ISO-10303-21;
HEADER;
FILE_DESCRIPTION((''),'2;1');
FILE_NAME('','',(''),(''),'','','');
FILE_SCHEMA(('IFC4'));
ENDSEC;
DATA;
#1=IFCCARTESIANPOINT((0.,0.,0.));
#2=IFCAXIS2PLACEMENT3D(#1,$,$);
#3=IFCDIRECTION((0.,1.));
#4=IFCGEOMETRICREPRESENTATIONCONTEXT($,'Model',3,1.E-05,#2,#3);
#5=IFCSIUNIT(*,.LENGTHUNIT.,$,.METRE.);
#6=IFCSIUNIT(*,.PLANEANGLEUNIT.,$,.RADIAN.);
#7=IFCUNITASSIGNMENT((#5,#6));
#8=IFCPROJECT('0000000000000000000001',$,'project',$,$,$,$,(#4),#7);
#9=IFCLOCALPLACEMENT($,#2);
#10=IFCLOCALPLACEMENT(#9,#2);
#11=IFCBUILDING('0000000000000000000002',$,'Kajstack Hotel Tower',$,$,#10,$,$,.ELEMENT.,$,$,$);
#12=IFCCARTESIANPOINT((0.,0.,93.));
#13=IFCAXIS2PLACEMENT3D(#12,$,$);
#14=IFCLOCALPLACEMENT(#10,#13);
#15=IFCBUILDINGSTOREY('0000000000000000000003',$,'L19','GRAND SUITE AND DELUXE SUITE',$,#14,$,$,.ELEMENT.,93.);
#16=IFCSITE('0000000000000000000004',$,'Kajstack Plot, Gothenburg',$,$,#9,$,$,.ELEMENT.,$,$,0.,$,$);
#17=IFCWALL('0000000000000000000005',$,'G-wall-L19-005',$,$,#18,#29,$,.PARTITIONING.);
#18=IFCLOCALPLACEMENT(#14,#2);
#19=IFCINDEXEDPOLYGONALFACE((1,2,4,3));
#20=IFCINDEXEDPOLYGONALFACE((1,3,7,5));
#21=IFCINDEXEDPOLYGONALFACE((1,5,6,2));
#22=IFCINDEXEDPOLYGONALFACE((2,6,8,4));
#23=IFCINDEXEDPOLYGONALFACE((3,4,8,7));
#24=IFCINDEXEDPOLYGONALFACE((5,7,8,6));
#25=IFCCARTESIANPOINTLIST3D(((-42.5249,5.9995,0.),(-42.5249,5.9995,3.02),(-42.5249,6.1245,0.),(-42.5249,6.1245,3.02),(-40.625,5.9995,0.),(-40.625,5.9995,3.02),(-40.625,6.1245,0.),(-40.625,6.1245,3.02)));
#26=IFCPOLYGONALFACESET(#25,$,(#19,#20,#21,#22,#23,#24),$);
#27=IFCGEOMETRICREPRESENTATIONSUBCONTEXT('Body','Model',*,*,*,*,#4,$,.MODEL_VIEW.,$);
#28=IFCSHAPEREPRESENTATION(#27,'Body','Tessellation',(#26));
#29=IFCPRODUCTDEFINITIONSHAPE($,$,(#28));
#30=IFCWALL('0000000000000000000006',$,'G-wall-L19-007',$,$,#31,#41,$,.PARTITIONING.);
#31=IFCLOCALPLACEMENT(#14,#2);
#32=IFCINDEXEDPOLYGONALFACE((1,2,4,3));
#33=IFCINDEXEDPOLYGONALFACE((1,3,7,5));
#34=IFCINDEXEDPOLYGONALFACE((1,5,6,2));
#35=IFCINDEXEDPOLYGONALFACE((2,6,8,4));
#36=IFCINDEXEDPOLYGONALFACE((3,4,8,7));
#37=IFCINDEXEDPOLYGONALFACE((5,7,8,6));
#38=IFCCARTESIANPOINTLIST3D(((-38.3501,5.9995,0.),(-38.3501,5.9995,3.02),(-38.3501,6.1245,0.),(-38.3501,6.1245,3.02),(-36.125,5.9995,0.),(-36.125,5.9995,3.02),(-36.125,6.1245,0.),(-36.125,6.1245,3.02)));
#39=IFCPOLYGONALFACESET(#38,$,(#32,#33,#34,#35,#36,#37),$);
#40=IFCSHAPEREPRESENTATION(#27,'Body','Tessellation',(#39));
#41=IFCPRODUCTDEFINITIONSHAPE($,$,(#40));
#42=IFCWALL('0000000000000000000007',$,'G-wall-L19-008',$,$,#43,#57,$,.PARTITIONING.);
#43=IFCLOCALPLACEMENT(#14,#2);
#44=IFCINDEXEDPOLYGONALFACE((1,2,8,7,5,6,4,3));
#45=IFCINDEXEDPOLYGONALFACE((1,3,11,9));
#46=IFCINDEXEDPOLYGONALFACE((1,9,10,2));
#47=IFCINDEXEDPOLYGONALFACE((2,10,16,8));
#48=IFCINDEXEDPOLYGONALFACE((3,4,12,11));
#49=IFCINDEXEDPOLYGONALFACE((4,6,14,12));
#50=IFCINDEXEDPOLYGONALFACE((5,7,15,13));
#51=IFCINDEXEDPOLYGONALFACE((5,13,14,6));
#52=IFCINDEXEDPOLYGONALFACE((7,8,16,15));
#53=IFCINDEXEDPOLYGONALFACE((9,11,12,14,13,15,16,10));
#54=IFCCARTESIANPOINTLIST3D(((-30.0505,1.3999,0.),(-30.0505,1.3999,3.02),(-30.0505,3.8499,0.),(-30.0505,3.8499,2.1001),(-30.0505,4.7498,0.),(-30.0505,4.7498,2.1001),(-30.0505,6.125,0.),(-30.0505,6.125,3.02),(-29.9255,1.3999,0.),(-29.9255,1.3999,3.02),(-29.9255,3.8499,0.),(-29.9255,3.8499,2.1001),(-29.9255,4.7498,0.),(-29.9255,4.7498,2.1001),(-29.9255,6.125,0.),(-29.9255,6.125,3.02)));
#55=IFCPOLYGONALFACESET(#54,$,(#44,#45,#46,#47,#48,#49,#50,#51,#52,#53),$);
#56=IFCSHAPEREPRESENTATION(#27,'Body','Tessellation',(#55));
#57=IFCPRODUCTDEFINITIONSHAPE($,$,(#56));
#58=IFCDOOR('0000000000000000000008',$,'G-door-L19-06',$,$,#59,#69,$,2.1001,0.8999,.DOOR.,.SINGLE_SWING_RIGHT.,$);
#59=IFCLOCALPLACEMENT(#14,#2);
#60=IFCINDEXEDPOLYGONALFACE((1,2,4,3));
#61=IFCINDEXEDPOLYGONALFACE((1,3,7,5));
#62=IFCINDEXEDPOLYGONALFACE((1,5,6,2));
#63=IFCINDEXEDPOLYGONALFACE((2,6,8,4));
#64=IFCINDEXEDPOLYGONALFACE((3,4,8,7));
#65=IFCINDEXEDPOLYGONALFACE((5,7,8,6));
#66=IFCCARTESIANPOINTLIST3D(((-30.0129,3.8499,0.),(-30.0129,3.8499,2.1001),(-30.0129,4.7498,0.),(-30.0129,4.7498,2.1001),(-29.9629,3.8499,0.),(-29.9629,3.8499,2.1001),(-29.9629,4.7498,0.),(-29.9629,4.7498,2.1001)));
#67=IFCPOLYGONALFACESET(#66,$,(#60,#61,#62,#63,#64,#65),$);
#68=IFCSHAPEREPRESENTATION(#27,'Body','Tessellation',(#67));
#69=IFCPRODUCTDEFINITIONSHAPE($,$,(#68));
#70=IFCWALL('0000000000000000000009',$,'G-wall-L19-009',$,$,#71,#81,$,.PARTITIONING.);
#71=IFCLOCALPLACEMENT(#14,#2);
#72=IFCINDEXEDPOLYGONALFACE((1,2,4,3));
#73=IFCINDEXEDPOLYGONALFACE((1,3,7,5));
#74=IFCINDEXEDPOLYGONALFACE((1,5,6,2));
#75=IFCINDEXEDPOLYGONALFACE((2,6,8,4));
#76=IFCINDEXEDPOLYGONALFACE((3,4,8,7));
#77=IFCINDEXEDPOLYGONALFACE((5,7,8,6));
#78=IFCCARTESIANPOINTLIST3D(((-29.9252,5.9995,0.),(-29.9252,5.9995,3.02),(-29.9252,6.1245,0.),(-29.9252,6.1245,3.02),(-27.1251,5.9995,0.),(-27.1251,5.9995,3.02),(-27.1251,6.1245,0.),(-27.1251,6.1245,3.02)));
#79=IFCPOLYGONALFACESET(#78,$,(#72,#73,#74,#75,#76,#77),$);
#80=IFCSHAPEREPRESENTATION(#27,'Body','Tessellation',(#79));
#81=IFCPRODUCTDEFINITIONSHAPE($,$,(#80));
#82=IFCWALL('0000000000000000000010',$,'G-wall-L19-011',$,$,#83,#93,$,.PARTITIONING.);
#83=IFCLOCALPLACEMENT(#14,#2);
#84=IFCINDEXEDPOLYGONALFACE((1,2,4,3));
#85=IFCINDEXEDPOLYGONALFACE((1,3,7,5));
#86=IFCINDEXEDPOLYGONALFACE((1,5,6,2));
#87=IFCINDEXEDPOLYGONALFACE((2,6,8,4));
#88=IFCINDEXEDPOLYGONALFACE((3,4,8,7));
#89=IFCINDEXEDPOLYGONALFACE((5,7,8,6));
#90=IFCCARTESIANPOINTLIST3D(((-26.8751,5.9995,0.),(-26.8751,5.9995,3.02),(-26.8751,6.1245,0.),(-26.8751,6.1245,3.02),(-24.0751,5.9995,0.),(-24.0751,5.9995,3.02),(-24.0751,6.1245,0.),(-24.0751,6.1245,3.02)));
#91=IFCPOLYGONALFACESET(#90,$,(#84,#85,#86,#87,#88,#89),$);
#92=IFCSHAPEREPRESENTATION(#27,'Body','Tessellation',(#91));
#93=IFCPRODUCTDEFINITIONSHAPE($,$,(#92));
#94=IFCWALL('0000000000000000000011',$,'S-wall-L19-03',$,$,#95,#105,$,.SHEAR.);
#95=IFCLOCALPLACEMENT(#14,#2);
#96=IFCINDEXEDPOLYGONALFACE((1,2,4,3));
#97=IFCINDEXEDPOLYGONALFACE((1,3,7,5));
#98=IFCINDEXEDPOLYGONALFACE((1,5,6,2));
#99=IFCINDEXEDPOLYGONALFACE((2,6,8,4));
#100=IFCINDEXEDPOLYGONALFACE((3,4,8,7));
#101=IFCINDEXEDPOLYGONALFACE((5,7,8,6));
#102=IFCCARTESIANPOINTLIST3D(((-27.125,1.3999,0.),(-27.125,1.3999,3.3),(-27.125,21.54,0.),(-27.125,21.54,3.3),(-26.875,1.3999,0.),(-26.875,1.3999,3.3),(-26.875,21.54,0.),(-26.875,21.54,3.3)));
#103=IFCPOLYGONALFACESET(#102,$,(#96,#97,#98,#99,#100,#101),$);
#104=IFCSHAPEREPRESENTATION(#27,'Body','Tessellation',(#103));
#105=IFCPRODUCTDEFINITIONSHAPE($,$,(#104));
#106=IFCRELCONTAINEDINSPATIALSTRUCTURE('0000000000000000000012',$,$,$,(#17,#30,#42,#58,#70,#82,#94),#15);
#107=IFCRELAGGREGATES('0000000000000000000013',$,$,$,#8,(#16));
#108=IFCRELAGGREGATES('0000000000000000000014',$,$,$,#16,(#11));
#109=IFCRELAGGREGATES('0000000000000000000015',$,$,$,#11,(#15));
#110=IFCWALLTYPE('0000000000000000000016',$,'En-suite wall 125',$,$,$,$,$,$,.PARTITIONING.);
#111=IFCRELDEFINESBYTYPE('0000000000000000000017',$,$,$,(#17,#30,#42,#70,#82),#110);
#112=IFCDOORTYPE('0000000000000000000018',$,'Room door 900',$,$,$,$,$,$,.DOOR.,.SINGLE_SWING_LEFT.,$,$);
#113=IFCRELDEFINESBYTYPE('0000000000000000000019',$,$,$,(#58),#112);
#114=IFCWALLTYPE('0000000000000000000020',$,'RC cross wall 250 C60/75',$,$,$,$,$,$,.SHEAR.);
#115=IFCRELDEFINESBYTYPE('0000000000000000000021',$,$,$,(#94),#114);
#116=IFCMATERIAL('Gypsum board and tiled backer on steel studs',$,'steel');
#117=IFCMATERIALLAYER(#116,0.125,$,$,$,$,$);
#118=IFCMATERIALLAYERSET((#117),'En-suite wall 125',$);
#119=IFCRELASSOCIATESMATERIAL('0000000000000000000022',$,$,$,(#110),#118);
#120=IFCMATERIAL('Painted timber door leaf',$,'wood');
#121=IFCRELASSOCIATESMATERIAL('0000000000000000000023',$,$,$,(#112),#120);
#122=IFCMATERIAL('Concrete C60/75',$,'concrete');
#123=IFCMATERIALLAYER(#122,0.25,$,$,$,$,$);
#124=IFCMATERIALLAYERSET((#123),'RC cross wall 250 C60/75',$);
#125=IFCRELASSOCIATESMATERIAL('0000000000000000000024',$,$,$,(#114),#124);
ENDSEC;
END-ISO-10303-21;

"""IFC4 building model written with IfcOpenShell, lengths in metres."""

from ifc_helpers import new_model, si_unit, direction, frame, frame_2d, origin, place, context, subcontext, project, spatial, rectangle, extrude, material, layer, layer_set, type_object, element, fill, save


model = new_model("IFC4")

# Units and contexts
model_context = context("Model", 3, precision=1e-05, world=origin(), true_north=direction((0.0, 1.0)))
body_context = subcontext(model_context, "Body", "Model", "MODEL_VIEW")
ifc_project = project(units=[si_unit("LENGTHUNIT", "METRE"), si_unit("PLANEANGLEUNIT", "RADIAN")], contexts=[model_context])

# Site, building, storey
site_placement = place(None, origin())
site = spatial("IfcSite", under=ifc_project, at=site_placement, Name="Kajstack Plot, Gothenburg", CompositionType="ELEMENT", RefElevation=0.0)
building_placement = place(site_placement, origin())
building = spatial("IfcBuilding", under=site, at=building_placement, Name="Kajstack Hotel Tower", CompositionType="ELEMENT")
storey_placement = place(building_placement, frame((0.0, 0.0, 93.0)))
storey = spatial("IfcBuildingStorey", under=building, at=storey_placement, Name="L19", Description="GRAND SUITE AND DELUXE SUITE", CompositionType="ELEMENT", Elevation=93.0)

# Walls
ifc_material_1 = material(Name="Gypsum board and tiled backer on steel studs", Category="steel")
ifc_layer_1 = layer(ifc_material_1, 0.125)
ifc_layer_set_1 = layer_set([ifc_layer_1], Name="En-suite wall 125")
wall_type_1 = type_object("IfcWallType", Name="En-suite wall 125", PredefinedType="PARTITIONING", material=ifc_layer_set_1)
wall_1_placement = place(storey_placement, frame((-42.5249, 6.062, 0.0), z_axis=(0.0, 0.0, 1.0), x_axis=(1.0, 0.0, 0.0)))
element("IfcWall", 1, at=wall_1_placement, inside=storey, type_object=wall_type_1, Name="G-wall-L19-005", PredefinedType="PARTITIONING", context=body_context, shape_type="SweptSolid", body=[
    extrude(rectangle(XDim=1.8999, YDim=0.125, at=frame_2d((0.95, 0.0))), origin(), (0.0, 0.0, 1.0), 3.02),
])
wall_2_placement = place(storey_placement, frame((-38.3501, 6.062, 0.0), z_axis=(0.0, 0.0, 1.0), x_axis=(1.0, 0.0, 0.0)))
element("IfcWall", 2, at=wall_2_placement, inside=storey, type_object=wall_type_1, Name="G-wall-L19-007", PredefinedType="PARTITIONING", context=body_context, shape_type="SweptSolid", body=[
    extrude(rectangle(XDim=2.2251, YDim=0.125, at=frame_2d((1.1125, 0.0))), origin(), (0.0, 0.0, 1.0), 3.02),
])

# Wall, opening, door
wall_3_placement = place(storey_placement, frame((-29.988, 1.3999, 0.0), z_axis=(0.0, 0.0, 1.0), x_axis=(0.0, 1.0, 0.0)))
wall_3 = element("IfcWall", 3, at=wall_3_placement, inside=storey, type_object=wall_type_1, Name="G-wall-L19-008", PredefinedType="PARTITIONING", context=body_context, shape_type="SweptSolid", body=[
    extrude(rectangle(XDim=4.7251, YDim=0.125, at=frame_2d((2.3625, 0.0))), origin(), (0.0, 0.0, 1.0), 3.02),
])
opening_1_placement = place(wall_3_placement, frame((2.45, 0.0, 0.0)))
opening_1 = element("IfcOpeningElement", 4, at=opening_1_placement, cuts=wall_3, PredefinedType="OPENING", context=body_context, shape_type="SweptSolid", body=[
    extrude(rectangle(XDim=0.8999, YDim=2.1001, at=frame_2d((0.45, 1.05))), frame((0.0, 0.0725, 0.0), z_axis=(0.0, -1.0, 0.0), x_axis=(1.0, 0.0, 0.0)), (0.0, 0.0, 1.0), 0.145),
])
ifc_material_2 = material(Name="Painted timber door leaf", Category="wood")
door_type = type_object("IfcDoorType", Name="Room door 900", OperationType="SINGLE_SWING_LEFT", PredefinedType="DOOR", material=ifc_material_2)
door_placement = place(opening_1_placement, origin())
door = element("IfcDoor", 5, at=door_placement, inside=storey, type_object=door_type, Name="G-door-L19-06", OperationType="SINGLE_SWING_RIGHT", OverallHeight=2.1001, OverallWidth=0.8999, PredefinedType="DOOR", context=body_context, shape_type="SweptSolid", body=[
    extrude(rectangle(XDim=0.8999, YDim=2.1001, at=frame_2d((0.45, 1.05))), frame((0.0, 0.0249, 0.0), z_axis=(0.0, -1.0, 0.0), x_axis=(1.0, 0.0, 0.0)), (0.0, 0.0, 1.0), 0.05),
])
fill(opening_1, door)

# Walls
for number, where, z_axis, x_axis, name in (
    (6, (-29.925, 6.062, 0.0), (0.0, 0.0, 1.0), (1.0, 0.0, 0.0), "G-wall-L19-009"),
    (7, (-26.875, 6.062, 0.0), (0.0, 0.0, 1.0), (1.0, 0.0, 0.0), "G-wall-L19-011"),
):
    element("IfcWall", number, at=place(storey_placement, frame(where, z_axis=z_axis, x_axis=x_axis)), inside=storey, type_object=wall_type_1, Name=name, PredefinedType="PARTITIONING", context=body_context, shape_type="SweptSolid", body=[
        extrude(rectangle(XDim=2.8, YDim=0.125, at=frame_2d((1.3999, 0.0))), origin(), (0.0, 0.0, 1.0), 3.02),
    ])
ifc_material_3 = material(Name="Concrete C60/75", Category="concrete")
ifc_layer_2 = layer(ifc_material_3, 0.25)
ifc_layer_set_2 = layer_set([ifc_layer_2], Name="RC cross wall 250 C60/75")
wall_type_2 = type_object("IfcWallType", Name="RC cross wall 250 C60/75", PredefinedType="SHEAR", material=ifc_layer_set_2)
wall_4_placement = place(storey_placement, frame((-27.0, 1.3999, 0.0), z_axis=(0.0, 0.0, 1.0), x_axis=(0.0, 1.0, 0.0)))
element("IfcWall", 8, at=wall_4_placement, inside=storey, type_object=wall_type_2, Name="S-wall-L19-03", PredefinedType="SHEAR", context=body_context, shape_type="SweptSolid", body=[
    extrude(rectangle(XDim=20.1401, YDim=0.25, at=frame_2d((10.0701, 0.0))), origin(), (0.0, 0.0, 1.0), 3.3),
])

save(model, "model.ifc")
